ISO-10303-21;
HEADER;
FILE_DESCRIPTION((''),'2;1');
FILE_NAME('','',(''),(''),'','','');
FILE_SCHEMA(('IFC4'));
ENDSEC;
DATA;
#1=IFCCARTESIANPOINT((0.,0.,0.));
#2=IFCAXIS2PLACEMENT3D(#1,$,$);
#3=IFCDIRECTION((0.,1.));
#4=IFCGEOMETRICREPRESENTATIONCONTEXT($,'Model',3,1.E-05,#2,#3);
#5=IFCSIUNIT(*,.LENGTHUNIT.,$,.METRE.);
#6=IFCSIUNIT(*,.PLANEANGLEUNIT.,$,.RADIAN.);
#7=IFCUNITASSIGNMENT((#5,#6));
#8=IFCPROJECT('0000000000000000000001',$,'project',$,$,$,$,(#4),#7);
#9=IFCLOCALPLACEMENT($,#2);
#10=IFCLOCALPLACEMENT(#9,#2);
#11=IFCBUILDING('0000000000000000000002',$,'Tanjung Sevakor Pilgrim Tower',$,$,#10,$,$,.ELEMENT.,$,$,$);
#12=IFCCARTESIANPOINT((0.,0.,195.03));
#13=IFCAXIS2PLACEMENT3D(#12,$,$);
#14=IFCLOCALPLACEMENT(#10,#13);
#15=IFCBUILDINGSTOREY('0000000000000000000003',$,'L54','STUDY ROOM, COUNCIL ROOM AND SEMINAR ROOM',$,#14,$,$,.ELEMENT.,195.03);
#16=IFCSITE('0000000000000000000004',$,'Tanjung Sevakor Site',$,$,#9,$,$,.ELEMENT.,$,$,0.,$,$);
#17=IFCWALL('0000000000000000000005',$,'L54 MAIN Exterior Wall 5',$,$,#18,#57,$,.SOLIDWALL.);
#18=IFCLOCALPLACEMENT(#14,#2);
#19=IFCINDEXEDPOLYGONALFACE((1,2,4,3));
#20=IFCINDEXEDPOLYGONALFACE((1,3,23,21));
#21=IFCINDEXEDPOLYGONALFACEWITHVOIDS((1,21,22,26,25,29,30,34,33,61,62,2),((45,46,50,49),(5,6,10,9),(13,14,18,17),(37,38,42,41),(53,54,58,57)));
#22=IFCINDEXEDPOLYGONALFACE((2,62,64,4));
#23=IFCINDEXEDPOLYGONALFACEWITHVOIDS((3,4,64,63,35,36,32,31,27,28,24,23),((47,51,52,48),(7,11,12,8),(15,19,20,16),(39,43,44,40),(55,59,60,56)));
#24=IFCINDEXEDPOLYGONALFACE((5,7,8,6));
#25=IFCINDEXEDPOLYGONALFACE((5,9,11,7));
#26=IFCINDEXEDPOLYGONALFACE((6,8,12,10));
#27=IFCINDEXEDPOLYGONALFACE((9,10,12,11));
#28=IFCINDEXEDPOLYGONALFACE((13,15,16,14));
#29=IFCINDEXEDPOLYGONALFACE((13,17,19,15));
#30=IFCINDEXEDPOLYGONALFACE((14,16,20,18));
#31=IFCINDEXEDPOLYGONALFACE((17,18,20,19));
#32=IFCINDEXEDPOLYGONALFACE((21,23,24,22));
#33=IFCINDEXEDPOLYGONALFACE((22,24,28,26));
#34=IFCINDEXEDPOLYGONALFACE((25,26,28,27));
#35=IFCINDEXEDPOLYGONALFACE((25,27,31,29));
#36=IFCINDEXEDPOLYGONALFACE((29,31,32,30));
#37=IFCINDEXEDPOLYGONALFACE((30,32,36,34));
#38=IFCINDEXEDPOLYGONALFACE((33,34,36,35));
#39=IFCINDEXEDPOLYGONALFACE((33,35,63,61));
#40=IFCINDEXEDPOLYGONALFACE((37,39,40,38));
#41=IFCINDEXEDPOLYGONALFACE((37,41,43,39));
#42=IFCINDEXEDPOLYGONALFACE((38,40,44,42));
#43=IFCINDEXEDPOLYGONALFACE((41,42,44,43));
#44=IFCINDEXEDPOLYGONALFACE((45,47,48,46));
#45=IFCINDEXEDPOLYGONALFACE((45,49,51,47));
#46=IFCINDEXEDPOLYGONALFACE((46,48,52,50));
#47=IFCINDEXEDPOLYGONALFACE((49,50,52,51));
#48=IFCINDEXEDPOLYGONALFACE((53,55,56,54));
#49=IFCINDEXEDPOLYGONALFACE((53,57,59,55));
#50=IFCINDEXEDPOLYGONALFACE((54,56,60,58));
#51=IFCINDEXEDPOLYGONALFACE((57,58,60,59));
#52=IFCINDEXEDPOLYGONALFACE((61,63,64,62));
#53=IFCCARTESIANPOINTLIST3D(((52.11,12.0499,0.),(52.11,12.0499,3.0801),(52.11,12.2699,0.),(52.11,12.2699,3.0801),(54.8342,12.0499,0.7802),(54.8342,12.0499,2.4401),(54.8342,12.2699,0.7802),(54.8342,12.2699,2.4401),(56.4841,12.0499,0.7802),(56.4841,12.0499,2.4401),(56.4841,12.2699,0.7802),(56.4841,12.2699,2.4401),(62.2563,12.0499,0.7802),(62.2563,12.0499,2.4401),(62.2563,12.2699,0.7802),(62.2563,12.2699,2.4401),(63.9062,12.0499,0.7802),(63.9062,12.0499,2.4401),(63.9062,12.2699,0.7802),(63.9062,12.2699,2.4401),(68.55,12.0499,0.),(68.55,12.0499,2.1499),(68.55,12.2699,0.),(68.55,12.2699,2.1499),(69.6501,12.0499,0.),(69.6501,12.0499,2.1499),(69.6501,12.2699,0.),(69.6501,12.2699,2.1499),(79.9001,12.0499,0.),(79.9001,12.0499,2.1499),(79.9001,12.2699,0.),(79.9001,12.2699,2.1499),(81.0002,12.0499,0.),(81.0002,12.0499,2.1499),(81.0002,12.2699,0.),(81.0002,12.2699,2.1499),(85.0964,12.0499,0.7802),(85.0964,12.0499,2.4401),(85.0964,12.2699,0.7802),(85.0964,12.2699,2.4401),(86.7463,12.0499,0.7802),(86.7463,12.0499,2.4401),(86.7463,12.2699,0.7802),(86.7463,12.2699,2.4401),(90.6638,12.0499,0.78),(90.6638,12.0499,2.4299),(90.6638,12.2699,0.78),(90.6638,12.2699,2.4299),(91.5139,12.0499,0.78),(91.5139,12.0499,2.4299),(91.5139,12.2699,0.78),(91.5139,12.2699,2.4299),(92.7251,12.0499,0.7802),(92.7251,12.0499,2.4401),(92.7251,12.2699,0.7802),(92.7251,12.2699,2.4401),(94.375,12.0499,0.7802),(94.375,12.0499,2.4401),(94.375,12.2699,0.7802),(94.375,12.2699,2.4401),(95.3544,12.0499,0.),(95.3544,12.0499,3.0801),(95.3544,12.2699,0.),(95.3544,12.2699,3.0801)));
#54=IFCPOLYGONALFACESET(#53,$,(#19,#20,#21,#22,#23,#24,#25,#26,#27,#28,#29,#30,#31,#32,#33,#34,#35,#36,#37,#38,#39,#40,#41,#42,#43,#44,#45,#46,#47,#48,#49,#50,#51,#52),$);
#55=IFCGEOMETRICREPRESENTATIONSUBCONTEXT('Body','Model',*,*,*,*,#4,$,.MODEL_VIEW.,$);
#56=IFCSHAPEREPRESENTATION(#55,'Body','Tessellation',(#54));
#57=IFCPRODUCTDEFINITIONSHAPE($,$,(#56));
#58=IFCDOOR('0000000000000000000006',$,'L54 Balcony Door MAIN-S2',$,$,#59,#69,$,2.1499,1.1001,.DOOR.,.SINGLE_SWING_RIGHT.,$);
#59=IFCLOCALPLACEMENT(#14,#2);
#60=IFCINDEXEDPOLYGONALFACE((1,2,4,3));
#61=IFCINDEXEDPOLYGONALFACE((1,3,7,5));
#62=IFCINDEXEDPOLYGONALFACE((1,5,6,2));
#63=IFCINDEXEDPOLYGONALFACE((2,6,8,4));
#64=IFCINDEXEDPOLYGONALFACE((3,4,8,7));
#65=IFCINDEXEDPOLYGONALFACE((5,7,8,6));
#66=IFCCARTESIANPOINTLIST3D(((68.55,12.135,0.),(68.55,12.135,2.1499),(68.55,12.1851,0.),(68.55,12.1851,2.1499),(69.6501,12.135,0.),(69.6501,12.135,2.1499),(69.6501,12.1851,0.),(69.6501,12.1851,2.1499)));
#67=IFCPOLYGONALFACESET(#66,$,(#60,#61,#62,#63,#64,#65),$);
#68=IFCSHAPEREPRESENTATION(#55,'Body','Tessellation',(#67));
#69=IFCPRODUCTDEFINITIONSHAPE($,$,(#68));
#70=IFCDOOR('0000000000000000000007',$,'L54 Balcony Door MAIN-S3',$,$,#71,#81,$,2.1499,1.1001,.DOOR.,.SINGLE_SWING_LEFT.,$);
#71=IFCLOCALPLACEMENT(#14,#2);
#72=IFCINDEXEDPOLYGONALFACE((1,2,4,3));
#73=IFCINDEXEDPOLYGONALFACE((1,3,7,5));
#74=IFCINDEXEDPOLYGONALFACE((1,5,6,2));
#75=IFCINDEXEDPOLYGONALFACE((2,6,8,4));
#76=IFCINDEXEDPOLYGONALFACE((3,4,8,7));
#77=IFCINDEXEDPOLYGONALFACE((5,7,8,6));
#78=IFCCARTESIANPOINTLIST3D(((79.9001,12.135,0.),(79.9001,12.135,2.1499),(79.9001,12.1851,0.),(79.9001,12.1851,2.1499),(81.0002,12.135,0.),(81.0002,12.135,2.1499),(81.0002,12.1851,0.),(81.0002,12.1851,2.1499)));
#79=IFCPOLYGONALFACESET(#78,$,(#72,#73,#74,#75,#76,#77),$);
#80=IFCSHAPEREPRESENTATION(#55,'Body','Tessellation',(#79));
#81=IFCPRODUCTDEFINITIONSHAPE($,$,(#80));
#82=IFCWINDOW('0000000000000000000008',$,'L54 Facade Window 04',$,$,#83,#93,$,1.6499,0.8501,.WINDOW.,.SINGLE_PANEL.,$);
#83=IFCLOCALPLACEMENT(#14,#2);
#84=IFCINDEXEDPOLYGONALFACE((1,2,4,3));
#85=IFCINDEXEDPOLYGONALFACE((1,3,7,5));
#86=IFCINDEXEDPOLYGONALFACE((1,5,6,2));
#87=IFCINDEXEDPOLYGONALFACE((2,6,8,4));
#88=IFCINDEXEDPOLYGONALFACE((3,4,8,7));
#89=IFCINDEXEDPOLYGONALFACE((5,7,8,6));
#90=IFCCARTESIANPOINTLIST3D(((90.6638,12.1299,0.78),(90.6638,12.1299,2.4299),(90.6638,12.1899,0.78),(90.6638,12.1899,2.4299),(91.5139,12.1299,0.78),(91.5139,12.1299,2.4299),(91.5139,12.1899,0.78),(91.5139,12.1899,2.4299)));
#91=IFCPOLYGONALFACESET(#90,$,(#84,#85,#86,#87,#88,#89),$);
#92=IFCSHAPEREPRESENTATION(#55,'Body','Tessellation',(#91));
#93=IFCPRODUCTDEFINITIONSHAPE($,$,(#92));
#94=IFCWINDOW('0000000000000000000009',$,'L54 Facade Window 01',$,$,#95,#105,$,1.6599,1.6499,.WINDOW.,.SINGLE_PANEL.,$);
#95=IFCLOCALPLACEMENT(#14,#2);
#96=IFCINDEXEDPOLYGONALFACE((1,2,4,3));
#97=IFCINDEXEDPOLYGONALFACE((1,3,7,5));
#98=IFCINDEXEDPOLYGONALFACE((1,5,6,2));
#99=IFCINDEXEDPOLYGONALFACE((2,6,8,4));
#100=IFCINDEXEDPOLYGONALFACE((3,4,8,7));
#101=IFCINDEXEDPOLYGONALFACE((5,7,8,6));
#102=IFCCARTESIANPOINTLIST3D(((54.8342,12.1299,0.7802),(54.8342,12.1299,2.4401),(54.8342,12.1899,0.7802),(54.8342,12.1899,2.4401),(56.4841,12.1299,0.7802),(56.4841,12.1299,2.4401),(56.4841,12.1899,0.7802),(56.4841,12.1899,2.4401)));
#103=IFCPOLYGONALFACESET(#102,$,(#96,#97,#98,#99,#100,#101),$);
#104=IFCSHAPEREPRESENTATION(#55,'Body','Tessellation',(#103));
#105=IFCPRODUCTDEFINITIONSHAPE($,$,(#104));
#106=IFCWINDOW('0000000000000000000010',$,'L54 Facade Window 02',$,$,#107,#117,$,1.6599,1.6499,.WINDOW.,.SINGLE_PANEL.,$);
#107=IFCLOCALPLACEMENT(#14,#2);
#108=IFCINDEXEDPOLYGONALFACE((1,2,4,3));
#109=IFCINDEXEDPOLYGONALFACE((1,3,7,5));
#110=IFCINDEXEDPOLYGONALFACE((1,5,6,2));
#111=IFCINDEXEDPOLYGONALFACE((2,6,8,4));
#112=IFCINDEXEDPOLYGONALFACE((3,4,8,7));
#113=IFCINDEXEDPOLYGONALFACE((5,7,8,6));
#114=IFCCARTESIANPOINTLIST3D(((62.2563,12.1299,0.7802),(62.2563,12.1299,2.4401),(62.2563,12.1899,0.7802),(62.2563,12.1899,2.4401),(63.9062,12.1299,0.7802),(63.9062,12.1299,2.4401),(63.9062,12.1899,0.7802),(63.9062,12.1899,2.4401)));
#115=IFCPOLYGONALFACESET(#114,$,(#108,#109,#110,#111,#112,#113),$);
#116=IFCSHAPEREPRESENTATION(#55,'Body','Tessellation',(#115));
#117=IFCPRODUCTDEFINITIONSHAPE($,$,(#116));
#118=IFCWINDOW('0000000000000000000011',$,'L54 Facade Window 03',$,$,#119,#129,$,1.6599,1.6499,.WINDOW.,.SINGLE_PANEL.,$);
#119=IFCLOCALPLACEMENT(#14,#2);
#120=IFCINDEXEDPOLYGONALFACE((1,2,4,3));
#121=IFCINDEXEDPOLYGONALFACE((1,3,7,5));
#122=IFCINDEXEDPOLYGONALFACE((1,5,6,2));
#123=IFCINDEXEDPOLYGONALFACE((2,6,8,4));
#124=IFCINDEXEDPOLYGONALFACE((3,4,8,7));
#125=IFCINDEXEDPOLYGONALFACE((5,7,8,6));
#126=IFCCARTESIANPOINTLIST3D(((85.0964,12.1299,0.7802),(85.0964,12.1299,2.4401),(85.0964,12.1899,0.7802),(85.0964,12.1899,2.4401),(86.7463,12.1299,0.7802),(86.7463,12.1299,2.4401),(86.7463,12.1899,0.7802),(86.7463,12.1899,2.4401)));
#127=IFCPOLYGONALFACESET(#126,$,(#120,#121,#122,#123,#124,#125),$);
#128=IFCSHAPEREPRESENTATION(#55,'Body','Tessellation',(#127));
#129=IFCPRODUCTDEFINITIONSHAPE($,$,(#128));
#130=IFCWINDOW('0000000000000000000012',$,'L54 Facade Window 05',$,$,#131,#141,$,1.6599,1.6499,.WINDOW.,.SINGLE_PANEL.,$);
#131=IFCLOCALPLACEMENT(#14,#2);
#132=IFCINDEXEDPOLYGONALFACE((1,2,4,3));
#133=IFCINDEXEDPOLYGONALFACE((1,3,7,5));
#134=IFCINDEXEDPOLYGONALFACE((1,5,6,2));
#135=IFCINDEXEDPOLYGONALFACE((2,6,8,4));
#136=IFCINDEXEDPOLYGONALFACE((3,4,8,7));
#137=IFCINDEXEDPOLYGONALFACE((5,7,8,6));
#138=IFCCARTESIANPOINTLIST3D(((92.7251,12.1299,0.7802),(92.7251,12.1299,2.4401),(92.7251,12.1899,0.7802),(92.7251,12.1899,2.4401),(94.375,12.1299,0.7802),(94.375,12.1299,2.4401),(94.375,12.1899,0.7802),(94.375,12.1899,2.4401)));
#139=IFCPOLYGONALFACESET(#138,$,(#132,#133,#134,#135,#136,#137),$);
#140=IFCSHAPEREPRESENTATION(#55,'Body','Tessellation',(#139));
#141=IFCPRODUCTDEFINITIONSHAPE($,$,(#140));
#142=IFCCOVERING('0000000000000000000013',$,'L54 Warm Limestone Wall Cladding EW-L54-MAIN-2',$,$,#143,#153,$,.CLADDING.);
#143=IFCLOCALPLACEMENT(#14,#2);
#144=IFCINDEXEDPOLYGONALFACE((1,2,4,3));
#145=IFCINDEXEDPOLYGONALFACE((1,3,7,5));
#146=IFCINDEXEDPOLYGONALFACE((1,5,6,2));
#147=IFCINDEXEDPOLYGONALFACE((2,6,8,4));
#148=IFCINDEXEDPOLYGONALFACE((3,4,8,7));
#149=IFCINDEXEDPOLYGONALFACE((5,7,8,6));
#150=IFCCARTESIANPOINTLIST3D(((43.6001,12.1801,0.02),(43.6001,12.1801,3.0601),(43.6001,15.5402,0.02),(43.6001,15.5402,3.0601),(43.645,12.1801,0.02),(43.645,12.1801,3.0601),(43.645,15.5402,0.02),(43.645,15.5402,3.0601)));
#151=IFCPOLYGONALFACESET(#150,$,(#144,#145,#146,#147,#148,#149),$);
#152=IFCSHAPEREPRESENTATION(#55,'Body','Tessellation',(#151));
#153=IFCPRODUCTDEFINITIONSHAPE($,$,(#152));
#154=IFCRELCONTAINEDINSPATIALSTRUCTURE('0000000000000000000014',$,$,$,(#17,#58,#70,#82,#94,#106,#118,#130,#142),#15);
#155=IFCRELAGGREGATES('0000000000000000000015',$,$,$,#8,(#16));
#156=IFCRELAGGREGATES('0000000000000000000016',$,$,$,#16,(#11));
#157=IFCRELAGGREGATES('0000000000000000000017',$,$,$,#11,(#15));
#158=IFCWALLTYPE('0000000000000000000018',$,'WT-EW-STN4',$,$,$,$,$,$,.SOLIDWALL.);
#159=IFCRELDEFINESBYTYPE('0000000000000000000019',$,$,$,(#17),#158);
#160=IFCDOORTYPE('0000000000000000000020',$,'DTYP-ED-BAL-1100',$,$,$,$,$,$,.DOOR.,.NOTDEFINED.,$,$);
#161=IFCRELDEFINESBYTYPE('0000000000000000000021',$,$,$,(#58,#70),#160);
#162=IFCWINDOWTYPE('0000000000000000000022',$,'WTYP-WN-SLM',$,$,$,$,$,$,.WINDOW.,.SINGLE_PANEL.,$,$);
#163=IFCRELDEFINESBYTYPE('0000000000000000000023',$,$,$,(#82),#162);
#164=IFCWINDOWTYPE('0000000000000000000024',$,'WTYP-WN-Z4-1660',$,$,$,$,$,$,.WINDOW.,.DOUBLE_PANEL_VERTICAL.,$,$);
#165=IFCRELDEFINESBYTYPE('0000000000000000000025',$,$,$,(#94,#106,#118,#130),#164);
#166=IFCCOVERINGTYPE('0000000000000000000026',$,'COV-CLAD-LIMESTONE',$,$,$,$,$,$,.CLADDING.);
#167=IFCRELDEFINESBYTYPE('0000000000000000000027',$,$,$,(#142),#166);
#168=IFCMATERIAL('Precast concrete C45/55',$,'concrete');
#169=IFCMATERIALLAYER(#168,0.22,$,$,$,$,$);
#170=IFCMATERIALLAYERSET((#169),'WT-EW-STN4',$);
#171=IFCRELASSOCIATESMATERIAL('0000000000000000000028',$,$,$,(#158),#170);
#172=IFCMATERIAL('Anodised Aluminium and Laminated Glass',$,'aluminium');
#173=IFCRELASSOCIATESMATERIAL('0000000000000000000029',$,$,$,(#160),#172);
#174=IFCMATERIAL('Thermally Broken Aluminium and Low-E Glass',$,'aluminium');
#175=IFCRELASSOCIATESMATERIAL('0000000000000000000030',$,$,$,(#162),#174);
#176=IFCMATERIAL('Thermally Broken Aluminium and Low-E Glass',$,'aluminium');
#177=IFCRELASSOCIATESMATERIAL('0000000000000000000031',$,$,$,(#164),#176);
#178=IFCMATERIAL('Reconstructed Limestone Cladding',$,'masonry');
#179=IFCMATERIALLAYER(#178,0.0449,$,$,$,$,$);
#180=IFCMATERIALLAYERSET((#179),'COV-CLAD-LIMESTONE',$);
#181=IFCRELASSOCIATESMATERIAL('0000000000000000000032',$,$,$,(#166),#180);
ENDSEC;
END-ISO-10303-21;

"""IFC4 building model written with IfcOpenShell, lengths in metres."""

from ifc_helpers import new_model, si_unit, direction, frame, frame_2d, origin, origin_2d, place, context, subcontext, project, spatial, rectangle, extrude, material, layer, layer_set, type_object, element, fill, save


model = new_model("IFC4")

# Units and contexts
model_context = context("Model", 3, precision=1e-05, world=origin(), true_north=direction((0.0, 1.0)))
body_context = subcontext(model_context, "Body", "Model", "MODEL_VIEW")
ifc_project = project(units=[si_unit("LENGTHUNIT", "METRE"), si_unit("PLANEANGLEUNIT", "RADIAN")], contexts=[model_context])

# Site, building, storey
site_placement = place(None, origin())
site = spatial("IfcSite", under=ifc_project, at=site_placement, Name="Tanjung Sevakor Site", CompositionType="ELEMENT", RefElevation=0.0)
building_placement = place(site_placement, origin())
building = spatial("IfcBuilding", under=site, at=building_placement, Name="Tanjung Sevakor Pilgrim Tower", CompositionType="ELEMENT")
storey_placement = place(building_placement, frame((0.0, 0.0, 195.03)))
storey = spatial("IfcBuildingStorey", under=building, at=storey_placement, Name="L54", Description="STUDY ROOM, COUNCIL ROOM AND SEMINAR ROOM", CompositionType="ELEMENT", Elevation=195.03)

# Shared definitions
ifc_material_1 = material(Name="Precast concrete C45/55", Category="concrete")
ifc_layer_1 = layer(ifc_material_1, 0.22)
ifc_layer_set_1 = layer_set([ifc_layer_1], Name="WT-EW-STN4")
wall_type_1 = type_object("IfcWallType", Name="WT-EW-STN4", PredefinedType="SOLIDWALL", material=ifc_layer_set_1)

# Wall, openings, doors, windows
wall_1_placement = place(storey_placement, frame((52.1101, 12.1599, 0.0), z_axis=(0.0, 0.0, 1.0), x_axis=(1.0, 0.0, 0.0)))
wall_1 = element("IfcWall", 1, at=wall_1_placement, inside=storey, type_object=wall_type_1, Name="L54 MAIN Exterior Wall 5", PredefinedType="SOLIDWALL", context=body_context, shape_type="SweptSolid", body=[
    extrude(rectangle(XDim=43.2444, YDim=0.22, at=frame_2d((21.6221, 0.0))), origin(), (0.0, 0.0, 1.0), 3.0801),
])
opening_1_placement = place(wall_1_placement, frame((16.4399, 0.0, 0.0)))
opening_1 = element("IfcOpeningElement", 2, at=opening_1_placement, cuts=wall_1, PredefinedType="OPENING", context=body_context, shape_type="SweptSolid", body=[
    extrude(rectangle(XDim=1.1001, YDim=2.1499, at=frame_2d((0.55, 1.075))), frame((0.0, 0.1199, 0.0), z_axis=(0.0, -1.0, 0.0), x_axis=(1.0, 0.0, 0.0)), (0.0, 0.0, 1.0), 0.24),
])
opening_2_placement = place(wall_1_placement, frame((27.79, 0.0, 0.0)))
opening_2 = element("IfcOpeningElement", 3, at=opening_2_placement, cuts=wall_1, PredefinedType="OPENING", context=body_context, shape_type="SweptSolid", body=[
    extrude(rectangle(XDim=1.1001, YDim=2.1499, at=frame_2d((0.55, 1.075))), frame((0.0, 0.1199, 0.0), z_axis=(0.0, -1.0, 0.0), x_axis=(1.0, 0.0, 0.0)), (0.0, 0.0, 1.0), 0.24),
])
opening_3_placement = place(wall_1_placement, frame((2.7241, 0.0, 0.78)))
opening_3 = element("IfcOpeningElement", 4, at=opening_3_placement, cuts=wall_1, PredefinedType="OPENING", context=body_context, shape_type="SweptSolid", body=[
    extrude(rectangle(XDim=1.6499, YDim=1.6599, at=frame_2d((0.825, 0.8301))), frame((0.0, 0.1199, 0.0), z_axis=(0.0, -1.0, 0.0), x_axis=(1.0, 0.0, 0.0)), (0.0, 0.0, 1.0), 0.24),
])
opening_4_placement = place(wall_1_placement, frame((10.1462, 0.0, 0.78)))
opening_4 = element("IfcOpeningElement", 5, at=opening_4_placement, cuts=wall_1, PredefinedType="OPENING", context=body_context, shape_type="SweptSolid", body=[
    extrude(rectangle(XDim=1.6499, YDim=1.6599, at=frame_2d((0.825, 0.8301))), frame((0.0, 0.1199, 0.0), z_axis=(0.0, -1.0, 0.0), x_axis=(1.0, 0.0, 0.0)), (0.0, 0.0, 1.0), 0.24),
])
opening_5_placement = place(wall_1_placement, frame((32.9863, 0.0, 0.78)))
opening_5 = element("IfcOpeningElement", 6, at=opening_5_placement, cuts=wall_1, PredefinedType="OPENING", context=body_context, shape_type="SweptSolid", body=[
    extrude(rectangle(XDim=1.6499, YDim=1.6599, at=frame_2d((0.825, 0.8301))), frame((0.0, 0.1199, 0.0), z_axis=(0.0, -1.0, 0.0), x_axis=(1.0, 0.0, 0.0)), (0.0, 0.0, 1.0), 0.24),
])
opening_6_placement = place(wall_1_placement, frame((38.5537, 0.0, 0.78)))
opening_6 = element("IfcOpeningElement", 7, at=opening_6_placement, cuts=wall_1, PredefinedType="OPENING", context=body_context, shape_type="SweptSolid", body=[
    extrude(rectangle(XDim=0.8501, YDim=1.6499, at=frame_2d((0.425, 0.825))), frame((0.0, 0.1199, 0.0), z_axis=(0.0, -1.0, 0.0), x_axis=(1.0, 0.0, 0.0)), (0.0, 0.0, 1.0), 0.24),
])
opening_7_placement = place(wall_1_placement, frame((40.615, 0.0, 0.78)))
opening_7 = element("IfcOpeningElement", 8, at=opening_7_placement, cuts=wall_1, PredefinedType="OPENING", context=body_context, shape_type="SweptSolid", body=[
    extrude(rectangle(XDim=1.6499, YDim=1.6599, at=frame_2d((0.825, 0.8301))), frame((0.0, 0.1199, 0.0), z_axis=(0.0, -1.0, 0.0), x_axis=(1.0, 0.0, 0.0)), (0.0, 0.0, 1.0), 0.24),
])
ifc_material_2 = material(Name="Anodised Aluminium and Laminated Glass", Category="aluminium")
door_type = type_object("IfcDoorType", Name="DTYP-ED-BAL-1100", OperationType="NOTDEFINED", PredefinedType="DOOR", material=ifc_material_2)
door_1_placement = place(opening_1_placement, frame((1.1001, 0.0, 0.0), z_axis=(0.0, 0.0, 1.0), x_axis=(-1.0, 0.0, 0.0)))
door_1 = element("IfcDoor", 9, at=door_1_placement, inside=storey, type_object=door_type, Name="L54 Balcony Door MAIN-S2", OperationType="SINGLE_SWING_RIGHT", OverallHeight=2.1499, OverallWidth=1.1001, PredefinedType="DOOR", context=body_context, shape_type="SweptSolid", body=[
    extrude(rectangle(XDim=1.1001, YDim=2.1499, at=frame_2d((0.55, 1.075))), frame((0.0, 0.0249, 0.0), z_axis=(0.0, -1.0, 0.0), x_axis=(1.0, 0.0, 0.0)), (0.0, 0.0, 1.0), 0.05),
])
fill(opening_1, door_1)
door_2_placement = place(opening_2_placement, frame((1.1001, 0.0, 0.0), z_axis=(0.0, 0.0, 1.0), x_axis=(-1.0, 0.0, 0.0)))
door_2 = element("IfcDoor", 10, at=door_2_placement, inside=storey, type_object=door_type, Name="L54 Balcony Door MAIN-S3", OperationType="SINGLE_SWING_LEFT", OverallHeight=2.1499, OverallWidth=1.1001, PredefinedType="DOOR", context=body_context, shape_type="SweptSolid", body=[
    extrude(rectangle(XDim=1.1001, YDim=2.1499, at=frame_2d((0.55, 1.075))), frame((0.0, 0.0249, 0.0), z_axis=(0.0, -1.0, 0.0), x_axis=(1.0, 0.0, 0.0)), (0.0, 0.0, 1.0), 0.05),
])
fill(opening_2, door_2)
ifc_material_3 = material(Name="Thermally Broken Aluminium and Low-E Glass", Category="aluminium")
window_type_1 = type_object("IfcWindowType", Name="WTYP-WN-SLM", PartitioningType="SINGLE_PANEL", PredefinedType="WINDOW", material=ifc_material_3)
window_1_placement = place(opening_6_placement, origin())
window_1 = element("IfcWindow", 11, at=window_1_placement, inside=storey, type_object=window_type_1, Name="L54 Facade Window 04", OverallHeight=1.6499, OverallWidth=0.8501, PartitioningType="SINGLE_PANEL", PredefinedType="WINDOW", context=body_context, shape_type="SweptSolid", body=[
    extrude(rectangle(XDim=0.8501, YDim=1.6499, at=frame_2d((0.425, 0.825))), frame((0.0, 0.03, 0.0), z_axis=(0.0, -1.0, 0.0), x_axis=(1.0, 0.0, 0.0)), (0.0, 0.0, 1.0), 0.0601),
])
fill(opening_6, window_1)
ifc_material_4 = material(Name="Thermally Broken Aluminium and Low-E Glass", Category="aluminium")
window_type_2 = type_object("IfcWindowType", Name="WTYP-WN-Z4-1660", PartitioningType="DOUBLE_PANEL_VERTICAL", PredefinedType="WINDOW", material=ifc_material_4)
window_2_placement = place(opening_3_placement, origin())
window_2 = element("IfcWindow", 12, at=window_2_placement, inside=storey, type_object=window_type_2, Name="L54 Facade Window 01", OverallHeight=1.6599, OverallWidth=1.6499, PartitioningType="SINGLE_PANEL", PredefinedType="WINDOW", context=body_context, shape_type="SweptSolid", body=[
    extrude(rectangle(XDim=1.6499, YDim=1.6599, at=frame_2d((0.825, 0.8301))), frame((0.0, 0.03, 0.0), z_axis=(0.0, -1.0, 0.0), x_axis=(1.0, 0.0, 0.0)), (0.0, 0.0, 1.0), 0.0601),
])
fill(opening_3, window_2)
window_3_placement = place(opening_4_placement, origin())
window_3 = element("IfcWindow", 13, at=window_3_placement, inside=storey, type_object=window_type_2, Name="L54 Facade Window 02", OverallHeight=1.6599, OverallWidth=1.6499, PartitioningType="SINGLE_PANEL", PredefinedType="WINDOW", context=body_context, shape_type="SweptSolid", body=[
    extrude(rectangle(XDim=1.6499, YDim=1.6599, at=frame_2d((0.825, 0.8301))), frame((0.0, 0.03, 0.0), z_axis=(0.0, -1.0, 0.0), x_axis=(1.0, 0.0, 0.0)), (0.0, 0.0, 1.0), 0.0601),
])
fill(opening_4, window_3)
window_4_placement = place(opening_5_placement, origin())
window_4 = element("IfcWindow", 14, at=window_4_placement, inside=storey, type_object=window_type_2, Name="L54 Facade Window 03", OverallHeight=1.6599, OverallWidth=1.6499, PartitioningType="SINGLE_PANEL", PredefinedType="WINDOW", context=body_context, shape_type="SweptSolid", body=[
    extrude(rectangle(XDim=1.6499, YDim=1.6599, at=frame_2d((0.825, 0.8301))), frame((0.0, 0.03, 0.0), z_axis=(0.0, -1.0, 0.0), x_axis=(1.0, 0.0, 0.0)), (0.0, 0.0, 1.0), 0.0601),
])
fill(opening_5, window_4)
window_5_placement = place(opening_7_placement, origin())
window_5 = element("IfcWindow", 15, at=window_5_placement, inside=storey, type_object=window_type_2, Name="L54 Facade Window 05", OverallHeight=1.6599, OverallWidth=1.6499, PartitioningType="SINGLE_PANEL", PredefinedType="WINDOW", context=body_context, shape_type="SweptSolid", body=[
    extrude(rectangle(XDim=1.6499, YDim=1.6599, at=frame_2d((0.825, 0.8301))), frame((0.0, 0.03, 0.0), z_axis=(0.0, -1.0, 0.0), x_axis=(1.0, 0.0, 0.0)), (0.0, 0.0, 1.0), 0.0601),
])
fill(opening_7, window_5)

# Covering
ifc_material_5 = material(Name="Reconstructed Limestone Cladding", Category="masonry")
ifc_layer_2 = layer(ifc_material_5, 0.0449)
ifc_layer_set_2 = layer_set([ifc_layer_2], Name="COV-CLAD-LIMESTONE")
covering_type = type_object("IfcCoveringType", Name="COV-CLAD-LIMESTONE", PredefinedType="CLADDING", material=ifc_layer_set_2)
for number, where, z_axis, x_axis, name in (
    (16, (43.6226, 13.8601, 0.02), (0.0, 0.0, 1.0), (0.0, 1.0, 0.0), "L54 Warm Limestone Wall Cladding EW-L54-MAIN-2"),
):
    element("IfcCovering", number, at=place(storey_placement, frame(where, z_axis=z_axis, x_axis=x_axis)), inside=storey, type_object=covering_type, Name=name, PredefinedType="CLADDING", context=body_context, shape_type="SweptSolid", body=[
        extrude(rectangle(XDim=3.3601, YDim=0.0449, at=origin_2d()), origin(), (0.0, 0.0, 1.0), 3.04),
    ])

save(model, "model.ifc")
